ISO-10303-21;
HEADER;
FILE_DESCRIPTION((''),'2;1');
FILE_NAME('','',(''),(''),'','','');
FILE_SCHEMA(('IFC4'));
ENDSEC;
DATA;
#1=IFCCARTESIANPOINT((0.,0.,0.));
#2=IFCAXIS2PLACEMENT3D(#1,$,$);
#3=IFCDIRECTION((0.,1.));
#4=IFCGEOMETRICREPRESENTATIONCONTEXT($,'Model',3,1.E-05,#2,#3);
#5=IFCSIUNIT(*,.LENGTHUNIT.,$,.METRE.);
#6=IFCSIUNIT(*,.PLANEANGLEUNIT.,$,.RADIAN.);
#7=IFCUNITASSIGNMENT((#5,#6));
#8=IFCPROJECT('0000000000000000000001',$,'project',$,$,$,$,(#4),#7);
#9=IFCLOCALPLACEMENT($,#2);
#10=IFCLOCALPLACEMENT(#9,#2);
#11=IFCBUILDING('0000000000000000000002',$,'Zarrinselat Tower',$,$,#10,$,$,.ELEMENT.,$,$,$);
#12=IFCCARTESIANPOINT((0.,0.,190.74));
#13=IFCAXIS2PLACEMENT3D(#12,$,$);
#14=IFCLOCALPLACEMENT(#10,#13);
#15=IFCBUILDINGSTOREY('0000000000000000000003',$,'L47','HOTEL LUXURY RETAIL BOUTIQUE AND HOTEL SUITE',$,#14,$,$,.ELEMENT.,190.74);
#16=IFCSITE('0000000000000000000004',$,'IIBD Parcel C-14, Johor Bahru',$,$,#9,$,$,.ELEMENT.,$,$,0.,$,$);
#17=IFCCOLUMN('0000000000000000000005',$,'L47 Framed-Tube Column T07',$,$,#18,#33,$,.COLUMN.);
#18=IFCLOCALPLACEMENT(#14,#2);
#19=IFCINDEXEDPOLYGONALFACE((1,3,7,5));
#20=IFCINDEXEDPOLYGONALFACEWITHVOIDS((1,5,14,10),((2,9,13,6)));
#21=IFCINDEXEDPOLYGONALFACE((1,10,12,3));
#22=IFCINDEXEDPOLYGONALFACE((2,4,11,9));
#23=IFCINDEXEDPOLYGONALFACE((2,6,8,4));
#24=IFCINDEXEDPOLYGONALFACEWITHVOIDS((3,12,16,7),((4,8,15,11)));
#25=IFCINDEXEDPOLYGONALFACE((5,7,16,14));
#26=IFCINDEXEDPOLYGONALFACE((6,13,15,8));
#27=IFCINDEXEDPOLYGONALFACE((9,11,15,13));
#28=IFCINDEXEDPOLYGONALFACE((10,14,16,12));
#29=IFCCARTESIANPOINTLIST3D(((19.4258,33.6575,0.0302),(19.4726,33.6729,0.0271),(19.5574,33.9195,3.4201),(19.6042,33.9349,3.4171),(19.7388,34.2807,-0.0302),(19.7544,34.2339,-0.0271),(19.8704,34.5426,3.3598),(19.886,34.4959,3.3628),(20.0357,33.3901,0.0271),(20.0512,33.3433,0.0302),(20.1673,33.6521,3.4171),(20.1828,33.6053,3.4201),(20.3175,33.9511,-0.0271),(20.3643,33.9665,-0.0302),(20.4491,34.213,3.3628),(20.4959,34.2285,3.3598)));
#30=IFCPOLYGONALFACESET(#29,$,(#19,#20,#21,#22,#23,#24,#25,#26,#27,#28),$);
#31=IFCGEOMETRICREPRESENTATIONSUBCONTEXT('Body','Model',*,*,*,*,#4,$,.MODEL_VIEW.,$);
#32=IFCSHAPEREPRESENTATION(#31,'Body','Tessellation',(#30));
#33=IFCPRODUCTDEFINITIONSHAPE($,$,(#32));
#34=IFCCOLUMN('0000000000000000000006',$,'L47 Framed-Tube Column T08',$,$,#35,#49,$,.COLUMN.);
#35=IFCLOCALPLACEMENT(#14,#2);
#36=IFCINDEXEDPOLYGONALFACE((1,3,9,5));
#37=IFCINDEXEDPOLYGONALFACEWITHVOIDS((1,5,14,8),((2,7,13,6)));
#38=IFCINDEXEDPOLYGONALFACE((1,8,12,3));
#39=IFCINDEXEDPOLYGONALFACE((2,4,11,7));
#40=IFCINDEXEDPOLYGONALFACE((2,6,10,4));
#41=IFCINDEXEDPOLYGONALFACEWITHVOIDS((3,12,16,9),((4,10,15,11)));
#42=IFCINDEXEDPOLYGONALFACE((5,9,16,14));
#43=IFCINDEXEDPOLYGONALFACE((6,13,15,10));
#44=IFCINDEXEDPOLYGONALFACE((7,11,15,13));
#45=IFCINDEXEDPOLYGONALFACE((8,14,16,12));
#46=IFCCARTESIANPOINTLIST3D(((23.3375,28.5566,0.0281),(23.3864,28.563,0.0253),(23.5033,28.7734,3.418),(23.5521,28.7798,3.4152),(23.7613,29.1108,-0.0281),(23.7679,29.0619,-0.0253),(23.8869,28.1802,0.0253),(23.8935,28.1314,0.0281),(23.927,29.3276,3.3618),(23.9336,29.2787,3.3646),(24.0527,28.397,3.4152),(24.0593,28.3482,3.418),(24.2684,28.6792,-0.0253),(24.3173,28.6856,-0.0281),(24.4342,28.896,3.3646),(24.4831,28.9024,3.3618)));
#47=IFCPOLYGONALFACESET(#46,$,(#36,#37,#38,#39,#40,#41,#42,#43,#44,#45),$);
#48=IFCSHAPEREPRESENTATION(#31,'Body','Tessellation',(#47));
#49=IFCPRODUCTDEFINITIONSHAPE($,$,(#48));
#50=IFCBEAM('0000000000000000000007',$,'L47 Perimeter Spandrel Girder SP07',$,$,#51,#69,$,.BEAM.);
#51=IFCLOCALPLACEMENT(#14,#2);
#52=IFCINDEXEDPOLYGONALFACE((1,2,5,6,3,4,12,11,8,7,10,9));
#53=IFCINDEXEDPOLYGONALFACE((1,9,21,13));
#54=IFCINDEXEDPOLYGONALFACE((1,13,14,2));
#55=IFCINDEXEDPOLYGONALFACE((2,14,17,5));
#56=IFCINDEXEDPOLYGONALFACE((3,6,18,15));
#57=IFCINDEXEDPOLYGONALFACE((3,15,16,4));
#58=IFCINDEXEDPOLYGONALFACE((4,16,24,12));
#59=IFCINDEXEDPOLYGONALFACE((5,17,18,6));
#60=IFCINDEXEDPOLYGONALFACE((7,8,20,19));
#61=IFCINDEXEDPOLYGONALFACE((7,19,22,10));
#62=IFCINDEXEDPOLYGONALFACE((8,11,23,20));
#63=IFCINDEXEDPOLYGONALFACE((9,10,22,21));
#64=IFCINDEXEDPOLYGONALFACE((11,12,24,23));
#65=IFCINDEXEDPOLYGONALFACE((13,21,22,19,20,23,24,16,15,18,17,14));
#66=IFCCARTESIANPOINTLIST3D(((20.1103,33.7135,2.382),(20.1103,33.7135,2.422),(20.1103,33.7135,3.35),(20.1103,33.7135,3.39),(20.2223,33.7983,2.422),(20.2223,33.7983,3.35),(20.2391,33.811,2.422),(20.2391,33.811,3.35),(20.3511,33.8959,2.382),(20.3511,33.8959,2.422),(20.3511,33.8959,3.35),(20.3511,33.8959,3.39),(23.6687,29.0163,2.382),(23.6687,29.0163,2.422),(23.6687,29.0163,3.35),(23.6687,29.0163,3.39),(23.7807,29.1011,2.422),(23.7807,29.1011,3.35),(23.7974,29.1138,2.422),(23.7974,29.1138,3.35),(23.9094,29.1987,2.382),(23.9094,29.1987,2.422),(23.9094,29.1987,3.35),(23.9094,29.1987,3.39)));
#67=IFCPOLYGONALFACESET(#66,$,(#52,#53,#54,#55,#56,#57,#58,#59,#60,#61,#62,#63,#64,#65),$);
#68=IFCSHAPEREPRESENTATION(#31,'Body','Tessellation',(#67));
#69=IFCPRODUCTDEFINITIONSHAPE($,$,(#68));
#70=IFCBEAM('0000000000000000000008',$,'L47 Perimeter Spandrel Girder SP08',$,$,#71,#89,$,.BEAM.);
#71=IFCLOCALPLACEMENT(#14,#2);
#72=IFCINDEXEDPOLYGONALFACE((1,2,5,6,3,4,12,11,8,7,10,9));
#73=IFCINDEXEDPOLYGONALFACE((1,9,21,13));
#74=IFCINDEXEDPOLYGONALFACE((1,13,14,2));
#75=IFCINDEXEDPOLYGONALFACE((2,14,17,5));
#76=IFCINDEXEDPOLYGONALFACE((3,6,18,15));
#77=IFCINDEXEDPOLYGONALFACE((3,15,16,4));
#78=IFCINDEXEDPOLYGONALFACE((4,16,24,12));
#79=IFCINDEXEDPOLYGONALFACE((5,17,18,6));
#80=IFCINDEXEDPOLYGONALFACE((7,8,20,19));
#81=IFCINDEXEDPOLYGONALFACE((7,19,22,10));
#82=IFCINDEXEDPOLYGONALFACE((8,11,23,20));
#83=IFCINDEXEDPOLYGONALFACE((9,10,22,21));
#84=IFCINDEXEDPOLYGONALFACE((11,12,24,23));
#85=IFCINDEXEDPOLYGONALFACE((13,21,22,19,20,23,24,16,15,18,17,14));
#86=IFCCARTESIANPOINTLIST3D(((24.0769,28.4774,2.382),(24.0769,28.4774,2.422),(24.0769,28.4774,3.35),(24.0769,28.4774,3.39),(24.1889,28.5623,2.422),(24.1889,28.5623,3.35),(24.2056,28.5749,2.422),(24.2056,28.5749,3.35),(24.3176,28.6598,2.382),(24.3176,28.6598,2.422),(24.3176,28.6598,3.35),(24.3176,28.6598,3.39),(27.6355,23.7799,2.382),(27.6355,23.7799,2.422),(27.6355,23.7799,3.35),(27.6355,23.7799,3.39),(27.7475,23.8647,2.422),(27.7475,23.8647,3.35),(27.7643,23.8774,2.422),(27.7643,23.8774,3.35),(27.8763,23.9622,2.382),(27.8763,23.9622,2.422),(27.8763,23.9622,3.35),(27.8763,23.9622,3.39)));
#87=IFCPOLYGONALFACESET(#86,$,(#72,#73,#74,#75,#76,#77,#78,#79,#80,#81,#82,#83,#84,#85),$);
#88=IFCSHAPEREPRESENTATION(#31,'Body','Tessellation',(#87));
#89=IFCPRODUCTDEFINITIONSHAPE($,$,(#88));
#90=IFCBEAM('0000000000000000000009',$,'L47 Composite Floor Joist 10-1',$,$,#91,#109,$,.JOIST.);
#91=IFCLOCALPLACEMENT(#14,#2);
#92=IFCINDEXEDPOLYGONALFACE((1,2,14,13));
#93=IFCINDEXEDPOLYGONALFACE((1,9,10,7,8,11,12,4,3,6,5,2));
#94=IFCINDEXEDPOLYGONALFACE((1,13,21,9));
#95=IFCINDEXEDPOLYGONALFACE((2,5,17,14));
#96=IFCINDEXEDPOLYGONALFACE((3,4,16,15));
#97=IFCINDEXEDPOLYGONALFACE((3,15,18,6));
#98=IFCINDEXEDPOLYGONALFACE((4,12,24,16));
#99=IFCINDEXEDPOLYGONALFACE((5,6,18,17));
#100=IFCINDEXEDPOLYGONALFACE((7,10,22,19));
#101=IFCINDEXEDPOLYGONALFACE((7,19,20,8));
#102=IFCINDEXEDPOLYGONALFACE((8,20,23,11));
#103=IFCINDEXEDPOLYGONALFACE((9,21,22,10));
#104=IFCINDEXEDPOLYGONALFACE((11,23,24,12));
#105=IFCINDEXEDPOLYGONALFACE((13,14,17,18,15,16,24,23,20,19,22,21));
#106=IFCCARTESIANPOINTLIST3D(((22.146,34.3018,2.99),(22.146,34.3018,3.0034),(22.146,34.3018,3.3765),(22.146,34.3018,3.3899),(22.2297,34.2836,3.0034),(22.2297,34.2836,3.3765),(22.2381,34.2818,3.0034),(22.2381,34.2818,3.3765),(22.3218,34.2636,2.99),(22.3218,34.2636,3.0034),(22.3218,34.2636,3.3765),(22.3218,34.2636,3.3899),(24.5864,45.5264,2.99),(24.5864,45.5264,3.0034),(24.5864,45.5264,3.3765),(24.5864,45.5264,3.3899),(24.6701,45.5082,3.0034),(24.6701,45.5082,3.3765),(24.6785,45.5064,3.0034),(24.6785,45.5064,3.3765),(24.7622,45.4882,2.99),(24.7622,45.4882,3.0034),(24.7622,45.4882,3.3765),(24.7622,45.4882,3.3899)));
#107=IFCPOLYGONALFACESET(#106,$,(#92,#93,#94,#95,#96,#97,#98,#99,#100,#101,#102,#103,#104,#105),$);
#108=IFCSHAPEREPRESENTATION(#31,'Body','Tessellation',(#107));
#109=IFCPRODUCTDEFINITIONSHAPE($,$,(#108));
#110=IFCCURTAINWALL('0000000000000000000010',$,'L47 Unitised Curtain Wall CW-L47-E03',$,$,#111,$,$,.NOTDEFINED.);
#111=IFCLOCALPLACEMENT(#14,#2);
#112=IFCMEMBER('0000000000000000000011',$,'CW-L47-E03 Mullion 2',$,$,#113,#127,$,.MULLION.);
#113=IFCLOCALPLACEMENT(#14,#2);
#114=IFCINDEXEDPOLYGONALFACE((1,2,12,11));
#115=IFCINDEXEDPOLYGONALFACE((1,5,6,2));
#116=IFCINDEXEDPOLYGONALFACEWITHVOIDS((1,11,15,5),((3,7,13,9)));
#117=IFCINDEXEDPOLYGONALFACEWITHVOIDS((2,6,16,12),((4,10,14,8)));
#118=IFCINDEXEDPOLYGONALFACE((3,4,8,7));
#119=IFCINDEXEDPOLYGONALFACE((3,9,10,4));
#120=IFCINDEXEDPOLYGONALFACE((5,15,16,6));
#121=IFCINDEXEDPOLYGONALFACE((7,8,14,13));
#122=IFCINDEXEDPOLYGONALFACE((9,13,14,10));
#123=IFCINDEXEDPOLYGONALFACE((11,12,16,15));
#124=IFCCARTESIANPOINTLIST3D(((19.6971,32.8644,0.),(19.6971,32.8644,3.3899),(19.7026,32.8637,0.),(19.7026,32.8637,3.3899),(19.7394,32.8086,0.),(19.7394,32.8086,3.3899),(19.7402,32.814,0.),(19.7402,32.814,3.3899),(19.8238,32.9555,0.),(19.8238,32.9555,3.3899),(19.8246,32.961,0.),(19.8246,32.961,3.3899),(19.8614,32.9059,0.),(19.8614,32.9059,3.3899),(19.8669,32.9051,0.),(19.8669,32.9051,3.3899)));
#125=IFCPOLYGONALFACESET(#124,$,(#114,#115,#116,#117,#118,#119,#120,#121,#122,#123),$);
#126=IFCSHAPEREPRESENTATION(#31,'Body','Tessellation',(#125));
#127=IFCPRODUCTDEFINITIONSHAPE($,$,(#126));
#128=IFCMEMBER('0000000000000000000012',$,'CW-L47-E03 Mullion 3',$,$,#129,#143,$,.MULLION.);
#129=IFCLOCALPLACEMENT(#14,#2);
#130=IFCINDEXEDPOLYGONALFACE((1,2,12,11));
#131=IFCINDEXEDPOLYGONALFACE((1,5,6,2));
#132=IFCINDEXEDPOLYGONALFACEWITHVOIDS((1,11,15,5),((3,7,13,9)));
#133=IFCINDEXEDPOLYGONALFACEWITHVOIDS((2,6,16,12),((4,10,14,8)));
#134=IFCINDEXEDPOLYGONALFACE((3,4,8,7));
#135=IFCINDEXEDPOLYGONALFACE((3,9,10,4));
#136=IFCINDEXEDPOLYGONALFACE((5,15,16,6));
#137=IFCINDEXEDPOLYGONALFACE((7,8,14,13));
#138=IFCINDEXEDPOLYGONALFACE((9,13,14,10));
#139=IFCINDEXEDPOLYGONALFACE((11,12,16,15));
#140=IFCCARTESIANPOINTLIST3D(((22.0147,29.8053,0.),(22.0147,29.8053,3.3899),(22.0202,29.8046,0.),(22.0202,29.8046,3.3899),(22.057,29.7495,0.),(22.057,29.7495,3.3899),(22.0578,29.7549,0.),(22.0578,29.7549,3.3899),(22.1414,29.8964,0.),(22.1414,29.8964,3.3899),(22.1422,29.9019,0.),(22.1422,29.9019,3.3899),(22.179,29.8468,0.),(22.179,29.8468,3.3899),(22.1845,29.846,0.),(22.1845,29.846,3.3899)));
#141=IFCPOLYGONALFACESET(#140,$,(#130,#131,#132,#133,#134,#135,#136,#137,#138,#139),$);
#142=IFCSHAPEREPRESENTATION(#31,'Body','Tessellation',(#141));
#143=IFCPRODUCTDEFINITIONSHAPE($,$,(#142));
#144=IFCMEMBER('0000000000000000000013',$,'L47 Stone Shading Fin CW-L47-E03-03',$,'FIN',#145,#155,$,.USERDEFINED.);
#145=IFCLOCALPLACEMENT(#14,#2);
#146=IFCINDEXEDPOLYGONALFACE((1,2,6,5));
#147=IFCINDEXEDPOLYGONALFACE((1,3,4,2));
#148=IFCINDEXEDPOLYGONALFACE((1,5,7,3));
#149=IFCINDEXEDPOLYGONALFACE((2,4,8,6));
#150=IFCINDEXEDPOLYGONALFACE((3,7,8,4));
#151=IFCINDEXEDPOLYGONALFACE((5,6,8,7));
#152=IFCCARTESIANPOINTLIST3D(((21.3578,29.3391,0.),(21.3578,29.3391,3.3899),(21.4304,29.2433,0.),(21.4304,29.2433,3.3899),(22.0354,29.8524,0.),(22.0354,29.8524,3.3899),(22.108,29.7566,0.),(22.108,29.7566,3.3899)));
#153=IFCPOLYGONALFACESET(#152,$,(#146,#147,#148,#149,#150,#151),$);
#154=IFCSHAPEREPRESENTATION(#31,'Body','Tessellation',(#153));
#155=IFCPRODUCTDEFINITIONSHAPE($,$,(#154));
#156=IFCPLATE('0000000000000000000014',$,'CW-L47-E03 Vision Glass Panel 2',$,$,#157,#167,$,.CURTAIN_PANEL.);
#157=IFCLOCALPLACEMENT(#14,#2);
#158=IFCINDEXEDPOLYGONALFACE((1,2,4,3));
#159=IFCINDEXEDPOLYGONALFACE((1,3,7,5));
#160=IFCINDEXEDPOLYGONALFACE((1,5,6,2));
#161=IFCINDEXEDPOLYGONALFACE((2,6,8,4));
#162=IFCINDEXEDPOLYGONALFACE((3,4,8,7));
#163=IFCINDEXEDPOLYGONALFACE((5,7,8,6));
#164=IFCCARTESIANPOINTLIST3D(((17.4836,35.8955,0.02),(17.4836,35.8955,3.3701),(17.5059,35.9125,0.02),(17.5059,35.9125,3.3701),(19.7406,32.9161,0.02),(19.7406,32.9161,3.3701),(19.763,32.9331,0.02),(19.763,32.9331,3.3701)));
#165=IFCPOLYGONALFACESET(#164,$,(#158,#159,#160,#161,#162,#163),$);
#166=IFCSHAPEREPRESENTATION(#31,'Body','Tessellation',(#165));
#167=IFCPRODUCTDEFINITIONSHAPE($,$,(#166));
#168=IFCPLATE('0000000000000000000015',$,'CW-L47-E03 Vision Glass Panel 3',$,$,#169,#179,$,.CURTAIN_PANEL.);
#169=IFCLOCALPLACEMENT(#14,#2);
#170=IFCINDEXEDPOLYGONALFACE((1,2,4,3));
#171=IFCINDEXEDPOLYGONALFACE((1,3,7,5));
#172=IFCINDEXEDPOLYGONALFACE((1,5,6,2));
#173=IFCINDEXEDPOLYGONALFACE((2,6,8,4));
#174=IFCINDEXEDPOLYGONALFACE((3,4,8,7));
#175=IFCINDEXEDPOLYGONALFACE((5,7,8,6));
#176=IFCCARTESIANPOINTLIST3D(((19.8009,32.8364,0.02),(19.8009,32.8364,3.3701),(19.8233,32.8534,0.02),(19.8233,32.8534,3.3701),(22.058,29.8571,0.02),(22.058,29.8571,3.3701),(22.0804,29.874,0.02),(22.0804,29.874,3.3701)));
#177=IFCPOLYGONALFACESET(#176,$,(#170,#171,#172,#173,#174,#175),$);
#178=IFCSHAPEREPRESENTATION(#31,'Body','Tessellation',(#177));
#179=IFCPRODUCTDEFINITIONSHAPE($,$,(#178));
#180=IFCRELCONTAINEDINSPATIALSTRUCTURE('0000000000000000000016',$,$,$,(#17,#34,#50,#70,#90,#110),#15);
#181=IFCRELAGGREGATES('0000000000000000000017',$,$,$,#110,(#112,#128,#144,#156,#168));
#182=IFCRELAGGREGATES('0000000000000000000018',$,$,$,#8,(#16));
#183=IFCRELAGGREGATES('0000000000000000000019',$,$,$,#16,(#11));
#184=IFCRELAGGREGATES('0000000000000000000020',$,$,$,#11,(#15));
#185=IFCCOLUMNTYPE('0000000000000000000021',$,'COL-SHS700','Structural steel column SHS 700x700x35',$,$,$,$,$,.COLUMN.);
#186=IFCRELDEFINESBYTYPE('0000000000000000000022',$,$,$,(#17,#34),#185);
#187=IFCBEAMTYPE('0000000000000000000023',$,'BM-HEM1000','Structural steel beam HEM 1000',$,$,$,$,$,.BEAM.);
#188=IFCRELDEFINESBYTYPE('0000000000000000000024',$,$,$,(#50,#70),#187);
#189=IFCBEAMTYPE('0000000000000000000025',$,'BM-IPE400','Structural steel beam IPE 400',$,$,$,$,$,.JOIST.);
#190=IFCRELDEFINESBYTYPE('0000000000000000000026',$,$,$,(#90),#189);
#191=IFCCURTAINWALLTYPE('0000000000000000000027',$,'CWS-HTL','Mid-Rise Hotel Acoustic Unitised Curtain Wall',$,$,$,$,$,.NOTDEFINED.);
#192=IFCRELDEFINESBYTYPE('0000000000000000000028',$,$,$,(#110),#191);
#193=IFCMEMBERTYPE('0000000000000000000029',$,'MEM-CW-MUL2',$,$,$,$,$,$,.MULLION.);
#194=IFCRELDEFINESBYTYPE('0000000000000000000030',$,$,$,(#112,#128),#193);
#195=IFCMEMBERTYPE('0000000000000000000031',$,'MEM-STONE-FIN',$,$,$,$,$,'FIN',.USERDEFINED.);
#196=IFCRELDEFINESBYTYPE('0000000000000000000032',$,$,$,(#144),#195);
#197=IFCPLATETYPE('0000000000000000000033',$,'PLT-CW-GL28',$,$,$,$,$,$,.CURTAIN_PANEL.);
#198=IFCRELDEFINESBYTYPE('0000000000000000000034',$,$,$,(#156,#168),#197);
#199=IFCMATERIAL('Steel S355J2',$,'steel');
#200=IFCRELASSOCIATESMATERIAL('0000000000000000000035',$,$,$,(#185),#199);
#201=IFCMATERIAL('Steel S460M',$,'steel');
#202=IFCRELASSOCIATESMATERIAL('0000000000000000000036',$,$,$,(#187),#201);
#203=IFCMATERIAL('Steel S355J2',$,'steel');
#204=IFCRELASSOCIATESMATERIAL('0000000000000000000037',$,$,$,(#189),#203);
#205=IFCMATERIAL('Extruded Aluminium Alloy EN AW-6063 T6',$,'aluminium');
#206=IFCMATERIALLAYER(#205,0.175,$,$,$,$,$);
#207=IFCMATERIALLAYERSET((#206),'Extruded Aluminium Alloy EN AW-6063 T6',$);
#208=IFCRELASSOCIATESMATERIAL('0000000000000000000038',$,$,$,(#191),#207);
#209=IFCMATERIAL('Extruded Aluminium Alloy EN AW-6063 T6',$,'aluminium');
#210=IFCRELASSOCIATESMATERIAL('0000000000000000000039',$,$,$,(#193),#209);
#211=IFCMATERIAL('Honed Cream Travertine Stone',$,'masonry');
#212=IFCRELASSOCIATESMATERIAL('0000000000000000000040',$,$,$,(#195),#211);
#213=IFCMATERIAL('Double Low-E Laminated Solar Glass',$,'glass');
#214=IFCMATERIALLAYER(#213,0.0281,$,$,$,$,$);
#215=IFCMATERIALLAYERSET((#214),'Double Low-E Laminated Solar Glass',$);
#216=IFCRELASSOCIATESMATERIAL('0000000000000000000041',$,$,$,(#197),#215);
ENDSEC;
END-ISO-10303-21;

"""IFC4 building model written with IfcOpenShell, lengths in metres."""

from ifc_helpers import new_model, si_unit, direction, frame, origin, origin_2d, place, context, subcontext, project, spatial, rectangle, hollow_rectangle, i_section, extrude, material, layer, layer_set, material_profile, profile_set, type_object, element, aggregate, save


model = new_model("IFC4")

# Units and contexts
model_context = context("Model", 3, precision=1e-05, world=origin(), true_north=direction((0.0, 1.0)))
body_context = subcontext(model_context, "Body", "Model", "MODEL_VIEW")
ifc_project = project(units=[si_unit("LENGTHUNIT", "METRE"), si_unit("PLANEANGLEUNIT", "RADIAN")], contexts=[model_context])

# Site, building, storey
site_placement = place(None, origin())
site = spatial("IfcSite", under=ifc_project, at=site_placement, Name="IIBD Parcel C-14, Johor Bahru", CompositionType="ELEMENT", RefElevation=0.0)
building_placement = place(site_placement, origin())
building = spatial("IfcBuilding", under=site, at=building_placement, Name="Zarrinselat Tower", CompositionType="ELEMENT")
storey_placement = place(building_placement, frame((0.0, 0.0, 190.74)))
storey = spatial("IfcBuildingStorey", under=building, at=storey_placement, Name="L47", Description="HOTEL LUXURY RETAIL BOUTIQUE AND HOTEL SUITE", CompositionType="ELEMENT", Elevation=190.74)

# Columns
ifc_material_1 = material(Name="Steel S355J2", Category="steel")
ifc_material_profile_1 = material_profile(ifc_material_1, hollow_rectangle(XDim=0.7, YDim=0.7, WallThickness=0.0349, at=origin_2d()), Name="SHS 700x700x35")
ifc_profile_set_1 = profile_set([ifc_material_profile_1], Name="Steel S355J2")
column_type = type_object("IfcColumnType", Name="COL-SHS700", Description="Structural steel column SHS 700x700x35", PredefinedType="COLUMN", material=ifc_profile_set_1)
column_1_placement = place(storey_placement, frame((19.895, 33.812, 0.0), z_axis=(0.038675, 0.07699, 0.996281), x_axis=(-0.893593, 0.448878, 0.0)))
element("IfcColumn", 1, at=column_1_placement, inside=storey, type_object=column_type, Name="L47 Framed-Tube Column T07", PredefinedType="COLUMN", context=body_context, shape_type="SweptSolid", body=[
    extrude(hollow_rectangle(XDim=0.7, YDim=0.7, WallThickness=0.0349, at=origin_2d()), origin(), (0.0, 0.0, 1.0), 3.4026),
])
column_2_placement = place(storey_placement, frame((23.8274, 28.6211, 0.0), z_axis=(0.048744, 0.063748, 0.996775), x_axis=(-0.794383, 0.607417, 0.0)))
element("IfcColumn", 2, at=column_2_placement, inside=storey, type_object=column_type, Name="L47 Framed-Tube Column T08", PredefinedType="COLUMN", context=body_context, shape_type="SweptSolid", body=[
    extrude(hollow_rectangle(XDim=0.7, YDim=0.7, WallThickness=0.0349, at=origin_2d()), origin(), (0.0, 0.0, 1.0), 3.4009),
])

# Beams
ifc_material_2 = material(Name="Steel S460M", Category="steel")
ifc_material_profile_2 = material_profile(ifc_material_2, i_section(OverallWidth=0.302, OverallDepth=1.0081, WebThickness=0.021, FlangeThickness=0.04, at=origin_2d()), Name="HEM 1000")
ifc_profile_set_2 = profile_set([ifc_material_profile_2], Name="Steel S460M")
beam_type_1 = type_object("IfcBeamType", Name="BM-HEM1000", Description="Structural steel beam HEM 1000", PredefinedType="BEAM", material=ifc_profile_set_2)
beam_1_placement = place(storey_placement, frame((20.2307, 33.8047, 2.886), z_axis=(0.603838, -0.797107, 0.0), x_axis=(0.797107, 0.603838, 0.0)))
element("IfcBeam", 3, at=beam_1_placement, inside=storey, type_object=beam_type_1, Name="L47 Perimeter Spandrel Girder SP07", PredefinedType="BEAM", context=body_context, shape_type="SweptSolid", body=[
    extrude(i_section(OverallWidth=0.302, OverallDepth=1.0081, WebThickness=0.021, FlangeThickness=0.04, at=origin_2d()), origin(), (0.0, 0.0, 1.0), 5.8928),
])
beam_2_placement = place(storey_placement, frame((24.1973, 28.5686, 2.886), z_axis=(0.603844, -0.797102, 0.0), x_axis=(0.797102, 0.603844, 0.0)))
element("IfcBeam", 4, at=beam_2_placement, inside=storey, type_object=beam_type_1, Name="L47 Perimeter Spandrel Girder SP08", PredefinedType="BEAM", context=body_context, shape_type="SweptSolid", body=[
    extrude(i_section(OverallWidth=0.302, OverallDepth=1.0081, WebThickness=0.021, FlangeThickness=0.04, at=origin_2d()), origin(), (0.0, 0.0, 1.0), 5.8933),
])
ifc_material_3 = material(Name="Steel S355J2", Category="steel")
ifc_material_profile_3 = material_profile(ifc_material_3, i_section(OverallWidth=0.1799, OverallDepth=0.3999, WebThickness=0.0085, FlangeThickness=0.0134, at=origin_2d()), Name="IPE 400")
ifc_profile_set_3 = profile_set([ifc_material_profile_3], Name="Steel S355J2")
beam_type_2 = type_object("IfcBeamType", Name="BM-IPE400", Description="Structural steel beam IPE 400", PredefinedType="JOIST", material=ifc_profile_set_3)
beam_3_placement = place(storey_placement, frame((22.2339, 34.2827, 3.1899), z_axis=(0.212454, 0.977171, 0.0), x_axis=(-0.977171, 0.212454, 0.0)))
element("IfcBeam", 5, at=beam_3_placement, inside=storey, type_object=beam_type_2, Name="L47 Composite Floor Joist 10-1", PredefinedType="JOIST", context=body_context, shape_type="SweptSolid", body=[
    extrude(i_section(OverallWidth=0.1799, OverallDepth=0.3999, WebThickness=0.0085, FlangeThickness=0.0134, at=origin_2d()), origin(), (0.0, 0.0, 1.0), 11.4868),
])

# Curtain wall, members, plates
ifc_material_4 = material(Name="Extruded Aluminium Alloy EN AW-6063 T6", Category="aluminium")
ifc_layer_1 = layer(ifc_material_4, 0.175)
ifc_layer_set_1 = layer_set([ifc_layer_1], Name="Extruded Aluminium Alloy EN AW-6063 T6")
curtain_wall_type = type_object("IfcCurtainWallType", Name="CWS-HTL", Description="Mid-Rise Hotel Acoustic Unitised Curtain Wall", PredefinedType="NOTDEFINED", material=ifc_layer_set_1)
curtain_wall_placement = place(storey_placement, origin())
curtain_wall = element("IfcCurtainWall", 6, at=curtain_wall_placement, inside=storey, type_object=curtain_wall_type, Name="L47 Unitised Curtain Wall CW-L47-E03", PredefinedType="NOTDEFINED")
ifc_material_5 = material(Name="Extruded Aluminium Alloy EN AW-6063 T6", Category="aluminium")
ifc_material_profile_4 = material_profile(ifc_material_5, hollow_rectangle(XDim=0.0701, YDim=0.1599, WallThickness=0.0039, at=origin_2d()), Name="RHS 160x70x4")
ifc_profile_set_4 = profile_set([ifc_material_profile_4], Name="Extruded Aluminium Alloy EN AW-6063 T6")
member_type_1 = type_object("IfcMemberType", Name="MEM-CW-MUL2", PredefinedType="MULLION", material=ifc_profile_set_4)
member_1_placement = place(storey_placement, frame((19.782, 32.8848, 0.0), z_axis=(0.0, 0.0, 1.0), x_axis=(0.603857, -0.797093, 0.0)))
member_1 = element("IfcMember", 7, at=member_1_placement, type_object=member_type_1, Name="CW-L47-E03 Mullion 2", PredefinedType="MULLION", context=body_context, shape_type="SweptSolid", body=[
    extrude(hollow_rectangle(XDim=0.0701, YDim=0.1599, WallThickness=0.0039, at=origin_2d()), origin(), (0.0, 0.0, 1.0), 3.3899),
])
member_2_placement = place(storey_placement, frame((22.0996, 29.8257, 0.0), z_axis=(0.0, 0.0, 1.0), x_axis=(0.603857, -0.797093, 0.0)))
member_2 = element("IfcMember", 8, at=member_2_placement, type_object=member_type_1, Name="CW-L47-E03 Mullion 3", PredefinedType="MULLION", context=body_context, shape_type="SweptSolid", body=[
    extrude(hollow_rectangle(XDim=0.0701, YDim=0.1599, WallThickness=0.0039, at=origin_2d()), origin(), (0.0, 0.0, 1.0), 3.3899),
])
ifc_material_6 = material(Name="Honed Cream Travertine Stone", Category="masonry")
ifc_material_profile_5 = material_profile(ifc_material_6, rectangle(XDim=0.1201, YDim=0.8501, at=origin_2d()), Name="FIN 850x120")
ifc_profile_set_5 = profile_set([ifc_material_profile_5], Name="Honed Cream Travertine Stone")
member_type_2 = type_object("IfcMemberType", Name="MEM-STONE-FIN", ElementType="FIN", PredefinedType="USERDEFINED", material=ifc_profile_set_5)
member_3_placement = place(storey_placement, frame((21.7329, 29.5479, 0.0), z_axis=(0.0, 0.0, 1.0), x_axis=(-0.603857, 0.797093, 0.0)))
member_3 = element("IfcMember", 9, at=member_3_placement, type_object=member_type_2, Name="L47 Stone Shading Fin CW-L47-E03-03", ObjectType="FIN", PredefinedType="USERDEFINED", context=body_context, shape_type="SweptSolid", body=[
    extrude(rectangle(XDim=0.1201, YDim=0.8501, at=origin_2d()), origin(), (0.0, 0.0, 1.0), 3.3899),
])
ifc_material_7 = material(Name="Double Low-E Laminated Solar Glass", Category="glass")
ifc_layer_2 = layer(ifc_material_7, 0.0281)
ifc_layer_set_2 = layer_set([ifc_layer_2], Name="Double Low-E Laminated Solar Glass")
plate_type = type_object("IfcPlateType", Name="PLT-CW-GL28", PredefinedType="CURTAIN_PANEL", material=ifc_layer_set_2)
plate_1_placement = place(storey_placement, frame((18.6233, 34.4143, 0.02), z_axis=(0.0, 0.0, 1.0), x_axis=(0.603857, -0.797093, 0.0)))
plate_1 = element("IfcPlate", 10, at=plate_1_placement, type_object=plate_type, Name="CW-L47-E03 Vision Glass Panel 2", PredefinedType="CURTAIN_PANEL", context=body_context, shape_type="SweptSolid", body=[
    extrude(rectangle(XDim=3.7378, YDim=0.0281, at=origin_2d()), origin(), (0.0, 0.0, 1.0), 3.3501),
])
plate_2_placement = place(storey_placement, frame((20.9407, 31.3552, 0.02), z_axis=(0.0, 0.0, 1.0), x_axis=(0.603857, -0.797093, 0.0)))
plate_2 = element("IfcPlate", 11, at=plate_2_placement, type_object=plate_type, Name="CW-L47-E03 Vision Glass Panel 3", PredefinedType="CURTAIN_PANEL", context=body_context, shape_type="SweptSolid", body=[
    extrude(rectangle(XDim=3.7378, YDim=0.0281, at=origin_2d()), origin(), (0.0, 0.0, 1.0), 3.3501),
])
aggregate(curtain_wall, [member_1, member_2, member_3, plate_1, plate_2])

save(model, "model.ifc")
